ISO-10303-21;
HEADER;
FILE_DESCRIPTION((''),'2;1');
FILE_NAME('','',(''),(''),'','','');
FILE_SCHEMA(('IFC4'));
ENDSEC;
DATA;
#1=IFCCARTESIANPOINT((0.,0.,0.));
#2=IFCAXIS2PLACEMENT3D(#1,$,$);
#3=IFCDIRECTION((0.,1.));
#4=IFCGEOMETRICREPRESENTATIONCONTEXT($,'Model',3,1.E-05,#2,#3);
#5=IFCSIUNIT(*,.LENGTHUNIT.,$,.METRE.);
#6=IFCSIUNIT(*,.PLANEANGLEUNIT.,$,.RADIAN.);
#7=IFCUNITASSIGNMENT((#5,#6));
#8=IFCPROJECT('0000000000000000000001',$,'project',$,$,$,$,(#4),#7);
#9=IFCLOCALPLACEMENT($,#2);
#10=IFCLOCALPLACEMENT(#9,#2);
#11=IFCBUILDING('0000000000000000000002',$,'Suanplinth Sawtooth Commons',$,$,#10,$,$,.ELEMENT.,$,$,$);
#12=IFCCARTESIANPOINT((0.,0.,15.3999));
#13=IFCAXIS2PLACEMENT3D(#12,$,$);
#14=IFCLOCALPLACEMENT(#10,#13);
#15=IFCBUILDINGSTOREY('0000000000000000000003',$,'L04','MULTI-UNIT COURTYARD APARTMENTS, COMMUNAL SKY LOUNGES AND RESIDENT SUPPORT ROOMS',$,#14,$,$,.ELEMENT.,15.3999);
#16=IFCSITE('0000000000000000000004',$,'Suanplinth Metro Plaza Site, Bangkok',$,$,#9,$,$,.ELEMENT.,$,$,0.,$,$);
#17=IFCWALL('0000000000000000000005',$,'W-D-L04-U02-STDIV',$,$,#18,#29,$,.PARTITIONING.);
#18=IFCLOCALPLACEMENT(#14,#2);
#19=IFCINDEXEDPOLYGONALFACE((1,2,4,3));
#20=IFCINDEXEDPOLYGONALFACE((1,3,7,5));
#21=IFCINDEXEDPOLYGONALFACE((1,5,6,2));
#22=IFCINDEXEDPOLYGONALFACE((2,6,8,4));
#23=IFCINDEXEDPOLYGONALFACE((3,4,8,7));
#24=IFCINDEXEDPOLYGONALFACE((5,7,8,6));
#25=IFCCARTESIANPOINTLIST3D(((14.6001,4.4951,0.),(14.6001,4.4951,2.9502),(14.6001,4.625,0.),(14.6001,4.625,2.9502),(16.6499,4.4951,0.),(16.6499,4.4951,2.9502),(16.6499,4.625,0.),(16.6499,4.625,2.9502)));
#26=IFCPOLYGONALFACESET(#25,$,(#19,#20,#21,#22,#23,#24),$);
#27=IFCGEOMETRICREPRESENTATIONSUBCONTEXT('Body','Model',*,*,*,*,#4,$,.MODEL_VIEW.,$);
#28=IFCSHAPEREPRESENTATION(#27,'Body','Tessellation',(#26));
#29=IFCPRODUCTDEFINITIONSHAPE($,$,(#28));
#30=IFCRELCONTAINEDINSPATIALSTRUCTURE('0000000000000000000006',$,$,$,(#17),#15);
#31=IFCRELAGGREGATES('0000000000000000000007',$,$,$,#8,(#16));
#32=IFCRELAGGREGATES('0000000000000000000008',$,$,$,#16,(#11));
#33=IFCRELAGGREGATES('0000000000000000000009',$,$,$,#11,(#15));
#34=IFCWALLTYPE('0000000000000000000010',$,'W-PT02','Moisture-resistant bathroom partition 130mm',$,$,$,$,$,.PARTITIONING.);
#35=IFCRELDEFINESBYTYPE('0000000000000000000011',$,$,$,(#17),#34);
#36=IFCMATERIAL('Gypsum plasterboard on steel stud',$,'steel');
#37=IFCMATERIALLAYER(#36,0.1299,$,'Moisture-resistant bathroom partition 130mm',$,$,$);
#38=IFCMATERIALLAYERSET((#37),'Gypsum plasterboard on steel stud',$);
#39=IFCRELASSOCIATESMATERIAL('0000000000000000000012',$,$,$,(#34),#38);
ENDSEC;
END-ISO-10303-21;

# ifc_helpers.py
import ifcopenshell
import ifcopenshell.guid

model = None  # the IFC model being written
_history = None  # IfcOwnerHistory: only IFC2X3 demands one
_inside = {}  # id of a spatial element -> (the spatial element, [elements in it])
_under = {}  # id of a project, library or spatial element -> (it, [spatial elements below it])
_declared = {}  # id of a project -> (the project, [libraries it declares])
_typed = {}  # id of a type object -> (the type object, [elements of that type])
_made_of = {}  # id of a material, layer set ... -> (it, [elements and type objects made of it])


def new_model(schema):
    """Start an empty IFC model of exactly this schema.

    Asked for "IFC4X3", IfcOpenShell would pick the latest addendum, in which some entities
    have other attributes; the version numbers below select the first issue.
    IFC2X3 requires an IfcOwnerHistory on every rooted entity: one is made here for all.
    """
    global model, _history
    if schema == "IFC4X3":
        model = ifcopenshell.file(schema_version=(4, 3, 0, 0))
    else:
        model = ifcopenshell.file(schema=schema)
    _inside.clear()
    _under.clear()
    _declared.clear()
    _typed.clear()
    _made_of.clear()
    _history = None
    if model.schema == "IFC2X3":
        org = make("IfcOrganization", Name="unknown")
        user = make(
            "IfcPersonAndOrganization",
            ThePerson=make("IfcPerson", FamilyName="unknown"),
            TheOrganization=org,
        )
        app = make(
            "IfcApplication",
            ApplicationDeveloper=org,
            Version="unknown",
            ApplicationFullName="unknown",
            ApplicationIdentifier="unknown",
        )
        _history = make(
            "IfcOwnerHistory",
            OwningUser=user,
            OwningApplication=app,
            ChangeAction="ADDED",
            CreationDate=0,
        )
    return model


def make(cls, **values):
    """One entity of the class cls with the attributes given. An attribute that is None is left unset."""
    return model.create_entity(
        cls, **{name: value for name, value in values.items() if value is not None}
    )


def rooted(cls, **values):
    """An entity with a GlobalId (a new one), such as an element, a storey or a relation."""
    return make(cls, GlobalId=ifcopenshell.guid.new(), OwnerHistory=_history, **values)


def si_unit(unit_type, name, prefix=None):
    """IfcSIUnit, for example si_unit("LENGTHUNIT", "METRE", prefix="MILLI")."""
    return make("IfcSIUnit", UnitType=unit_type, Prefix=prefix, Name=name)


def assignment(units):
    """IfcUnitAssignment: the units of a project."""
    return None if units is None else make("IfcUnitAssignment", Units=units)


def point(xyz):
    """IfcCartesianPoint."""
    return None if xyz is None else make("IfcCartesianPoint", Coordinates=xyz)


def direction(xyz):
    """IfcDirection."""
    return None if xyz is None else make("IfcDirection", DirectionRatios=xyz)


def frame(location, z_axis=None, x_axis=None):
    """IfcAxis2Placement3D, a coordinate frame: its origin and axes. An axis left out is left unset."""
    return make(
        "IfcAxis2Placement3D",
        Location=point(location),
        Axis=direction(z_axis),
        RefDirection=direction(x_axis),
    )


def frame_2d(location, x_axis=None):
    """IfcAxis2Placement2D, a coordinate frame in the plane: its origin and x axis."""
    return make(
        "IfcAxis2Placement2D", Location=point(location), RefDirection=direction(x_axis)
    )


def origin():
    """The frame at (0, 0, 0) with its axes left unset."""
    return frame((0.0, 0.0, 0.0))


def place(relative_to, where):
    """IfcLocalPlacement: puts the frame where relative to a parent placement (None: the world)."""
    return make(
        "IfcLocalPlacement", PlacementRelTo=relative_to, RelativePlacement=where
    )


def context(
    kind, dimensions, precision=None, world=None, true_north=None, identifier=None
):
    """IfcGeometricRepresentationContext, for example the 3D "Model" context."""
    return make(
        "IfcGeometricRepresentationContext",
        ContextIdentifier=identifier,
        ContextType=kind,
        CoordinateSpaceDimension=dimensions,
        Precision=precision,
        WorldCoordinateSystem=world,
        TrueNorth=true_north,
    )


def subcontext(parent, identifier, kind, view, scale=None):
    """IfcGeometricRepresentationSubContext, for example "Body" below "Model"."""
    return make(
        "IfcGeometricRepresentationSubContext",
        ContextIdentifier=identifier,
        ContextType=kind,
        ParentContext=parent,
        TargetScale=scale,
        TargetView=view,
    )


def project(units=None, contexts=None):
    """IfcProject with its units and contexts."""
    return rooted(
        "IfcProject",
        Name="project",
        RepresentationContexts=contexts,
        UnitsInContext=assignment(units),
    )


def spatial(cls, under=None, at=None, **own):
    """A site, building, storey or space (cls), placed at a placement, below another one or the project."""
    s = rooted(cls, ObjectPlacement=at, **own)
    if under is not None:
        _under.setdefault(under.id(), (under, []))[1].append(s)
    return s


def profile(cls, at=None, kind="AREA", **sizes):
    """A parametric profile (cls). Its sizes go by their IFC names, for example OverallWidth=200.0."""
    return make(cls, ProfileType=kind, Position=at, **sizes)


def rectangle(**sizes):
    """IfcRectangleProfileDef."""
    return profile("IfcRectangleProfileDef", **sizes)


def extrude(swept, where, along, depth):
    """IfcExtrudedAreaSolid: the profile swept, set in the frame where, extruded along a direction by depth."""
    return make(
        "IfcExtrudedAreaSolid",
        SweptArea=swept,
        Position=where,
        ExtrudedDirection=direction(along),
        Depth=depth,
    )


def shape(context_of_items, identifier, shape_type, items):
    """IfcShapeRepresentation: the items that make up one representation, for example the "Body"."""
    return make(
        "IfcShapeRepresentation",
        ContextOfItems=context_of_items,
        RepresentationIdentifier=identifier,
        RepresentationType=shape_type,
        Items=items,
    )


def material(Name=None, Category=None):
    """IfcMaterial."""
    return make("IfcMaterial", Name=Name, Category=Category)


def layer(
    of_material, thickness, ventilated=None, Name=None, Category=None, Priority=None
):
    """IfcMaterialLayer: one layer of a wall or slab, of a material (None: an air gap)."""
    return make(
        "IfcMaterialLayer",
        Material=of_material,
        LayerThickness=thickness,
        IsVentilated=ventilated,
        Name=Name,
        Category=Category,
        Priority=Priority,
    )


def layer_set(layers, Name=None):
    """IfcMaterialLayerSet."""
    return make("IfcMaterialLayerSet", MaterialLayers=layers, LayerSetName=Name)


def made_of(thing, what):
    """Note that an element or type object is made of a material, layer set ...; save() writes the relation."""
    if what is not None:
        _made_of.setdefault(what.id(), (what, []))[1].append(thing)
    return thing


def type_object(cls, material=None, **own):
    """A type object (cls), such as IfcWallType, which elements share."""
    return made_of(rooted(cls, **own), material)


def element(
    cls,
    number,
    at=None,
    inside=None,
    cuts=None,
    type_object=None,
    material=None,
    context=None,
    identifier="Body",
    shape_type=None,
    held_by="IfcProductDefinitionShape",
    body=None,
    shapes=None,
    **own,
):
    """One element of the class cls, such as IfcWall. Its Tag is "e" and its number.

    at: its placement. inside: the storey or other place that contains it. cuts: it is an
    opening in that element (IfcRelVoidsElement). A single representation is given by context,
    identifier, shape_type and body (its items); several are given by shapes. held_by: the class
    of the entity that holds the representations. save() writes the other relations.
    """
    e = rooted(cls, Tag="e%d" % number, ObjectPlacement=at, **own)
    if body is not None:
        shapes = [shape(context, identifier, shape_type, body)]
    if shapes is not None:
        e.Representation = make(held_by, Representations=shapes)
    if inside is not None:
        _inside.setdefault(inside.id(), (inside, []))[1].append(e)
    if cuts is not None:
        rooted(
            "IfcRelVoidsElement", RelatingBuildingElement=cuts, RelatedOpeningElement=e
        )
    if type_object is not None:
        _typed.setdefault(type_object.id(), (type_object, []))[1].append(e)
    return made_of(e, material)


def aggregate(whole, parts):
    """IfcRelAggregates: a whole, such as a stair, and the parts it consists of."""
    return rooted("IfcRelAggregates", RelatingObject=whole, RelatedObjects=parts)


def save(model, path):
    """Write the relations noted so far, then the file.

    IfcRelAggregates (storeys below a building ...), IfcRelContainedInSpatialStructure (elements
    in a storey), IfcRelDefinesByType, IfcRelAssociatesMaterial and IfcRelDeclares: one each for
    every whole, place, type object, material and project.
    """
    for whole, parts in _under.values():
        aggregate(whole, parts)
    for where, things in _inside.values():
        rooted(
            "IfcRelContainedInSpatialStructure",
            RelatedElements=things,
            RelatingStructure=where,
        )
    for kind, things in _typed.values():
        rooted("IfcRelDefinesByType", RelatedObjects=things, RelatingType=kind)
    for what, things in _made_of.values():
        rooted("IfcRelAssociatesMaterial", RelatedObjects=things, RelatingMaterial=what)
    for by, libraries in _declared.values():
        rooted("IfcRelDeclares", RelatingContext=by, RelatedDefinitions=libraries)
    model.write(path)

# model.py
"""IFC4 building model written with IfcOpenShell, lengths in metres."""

from ifc_helpers import new_model, si_unit, direction, frame, frame_2d, origin, place, context, subcontext, project, spatial, rectangle, extrude, material, layer, layer_set, type_object, element, save


model = new_model("IFC4")

# Units and contexts
model_context = context("Model", 3, precision=1e-05, world=origin(), true_north=direction((0.0, 1.0)))
body_context = subcontext(model_context, "Body", "Model", "MODEL_VIEW")
ifc_project = project(units=[si_unit("LENGTHUNIT", "METRE"), si_unit("PLANEANGLEUNIT", "RADIAN")], contexts=[model_context])

# Site, building, storey
site_placement = place(None, origin())
site = spatial("IfcSite", under=ifc_project, at=site_placement, Name="Suanplinth Metro Plaza Site, Bangkok", CompositionType="ELEMENT", RefElevation=0.0)
building_placement = place(site_placement, origin())
building = spatial("IfcBuilding", under=site, at=building_placement, Name="Suanplinth Sawtooth Commons", CompositionType="ELEMENT")
storey_placement = place(building_placement, frame((0.0, 0.0, 15.3999)))
storey = spatial("IfcBuildingStorey", under=building, at=storey_placement, Name="L04", Description="MULTI-UNIT COURTYARD APARTMENTS, COMMUNAL SKY LOUNGES AND RESIDENT SUPPORT ROOMS", CompositionType="ELEMENT", Elevation=15.3999)

# Wall
ifc_material_1 = material(Name="Gypsum plasterboard on steel stud", Category="steel")
ifc_layer_1 = layer(ifc_material_1, 0.1299, Name="Moisture-resistant bathroom partition 130mm")
ifc_layer_set_1 = layer_set([ifc_layer_1], Name="Gypsum plasterboard on steel stud")
wall_type_1 = type_object("IfcWallType", Name="W-PT02", Description="Moisture-resistant bathroom partition 130mm", PredefinedType="PARTITIONING", material=ifc_layer_set_1)
wall_1_placement = place(storey_placement, frame((14.6001, 4.5601, 0.0), z_axis=(0.0, 0.0, 1.0), x_axis=(1.0, 0.0, 0.0)))
element("IfcWall", 1, at=wall_1_placement, inside=storey, type_object=wall_type_1, Name="W-D-L04-U02-STDIV", PredefinedType="PARTITIONING", context=body_context, shape_type="SweptSolid", body=[
    extrude(rectangle(XDim=2.0498, YDim=0.1299, at=frame_2d((1.0249, 0.0))), origin(), (0.0, 0.0, 1.0), 2.9502),
])

save(model, "model.ifc")
